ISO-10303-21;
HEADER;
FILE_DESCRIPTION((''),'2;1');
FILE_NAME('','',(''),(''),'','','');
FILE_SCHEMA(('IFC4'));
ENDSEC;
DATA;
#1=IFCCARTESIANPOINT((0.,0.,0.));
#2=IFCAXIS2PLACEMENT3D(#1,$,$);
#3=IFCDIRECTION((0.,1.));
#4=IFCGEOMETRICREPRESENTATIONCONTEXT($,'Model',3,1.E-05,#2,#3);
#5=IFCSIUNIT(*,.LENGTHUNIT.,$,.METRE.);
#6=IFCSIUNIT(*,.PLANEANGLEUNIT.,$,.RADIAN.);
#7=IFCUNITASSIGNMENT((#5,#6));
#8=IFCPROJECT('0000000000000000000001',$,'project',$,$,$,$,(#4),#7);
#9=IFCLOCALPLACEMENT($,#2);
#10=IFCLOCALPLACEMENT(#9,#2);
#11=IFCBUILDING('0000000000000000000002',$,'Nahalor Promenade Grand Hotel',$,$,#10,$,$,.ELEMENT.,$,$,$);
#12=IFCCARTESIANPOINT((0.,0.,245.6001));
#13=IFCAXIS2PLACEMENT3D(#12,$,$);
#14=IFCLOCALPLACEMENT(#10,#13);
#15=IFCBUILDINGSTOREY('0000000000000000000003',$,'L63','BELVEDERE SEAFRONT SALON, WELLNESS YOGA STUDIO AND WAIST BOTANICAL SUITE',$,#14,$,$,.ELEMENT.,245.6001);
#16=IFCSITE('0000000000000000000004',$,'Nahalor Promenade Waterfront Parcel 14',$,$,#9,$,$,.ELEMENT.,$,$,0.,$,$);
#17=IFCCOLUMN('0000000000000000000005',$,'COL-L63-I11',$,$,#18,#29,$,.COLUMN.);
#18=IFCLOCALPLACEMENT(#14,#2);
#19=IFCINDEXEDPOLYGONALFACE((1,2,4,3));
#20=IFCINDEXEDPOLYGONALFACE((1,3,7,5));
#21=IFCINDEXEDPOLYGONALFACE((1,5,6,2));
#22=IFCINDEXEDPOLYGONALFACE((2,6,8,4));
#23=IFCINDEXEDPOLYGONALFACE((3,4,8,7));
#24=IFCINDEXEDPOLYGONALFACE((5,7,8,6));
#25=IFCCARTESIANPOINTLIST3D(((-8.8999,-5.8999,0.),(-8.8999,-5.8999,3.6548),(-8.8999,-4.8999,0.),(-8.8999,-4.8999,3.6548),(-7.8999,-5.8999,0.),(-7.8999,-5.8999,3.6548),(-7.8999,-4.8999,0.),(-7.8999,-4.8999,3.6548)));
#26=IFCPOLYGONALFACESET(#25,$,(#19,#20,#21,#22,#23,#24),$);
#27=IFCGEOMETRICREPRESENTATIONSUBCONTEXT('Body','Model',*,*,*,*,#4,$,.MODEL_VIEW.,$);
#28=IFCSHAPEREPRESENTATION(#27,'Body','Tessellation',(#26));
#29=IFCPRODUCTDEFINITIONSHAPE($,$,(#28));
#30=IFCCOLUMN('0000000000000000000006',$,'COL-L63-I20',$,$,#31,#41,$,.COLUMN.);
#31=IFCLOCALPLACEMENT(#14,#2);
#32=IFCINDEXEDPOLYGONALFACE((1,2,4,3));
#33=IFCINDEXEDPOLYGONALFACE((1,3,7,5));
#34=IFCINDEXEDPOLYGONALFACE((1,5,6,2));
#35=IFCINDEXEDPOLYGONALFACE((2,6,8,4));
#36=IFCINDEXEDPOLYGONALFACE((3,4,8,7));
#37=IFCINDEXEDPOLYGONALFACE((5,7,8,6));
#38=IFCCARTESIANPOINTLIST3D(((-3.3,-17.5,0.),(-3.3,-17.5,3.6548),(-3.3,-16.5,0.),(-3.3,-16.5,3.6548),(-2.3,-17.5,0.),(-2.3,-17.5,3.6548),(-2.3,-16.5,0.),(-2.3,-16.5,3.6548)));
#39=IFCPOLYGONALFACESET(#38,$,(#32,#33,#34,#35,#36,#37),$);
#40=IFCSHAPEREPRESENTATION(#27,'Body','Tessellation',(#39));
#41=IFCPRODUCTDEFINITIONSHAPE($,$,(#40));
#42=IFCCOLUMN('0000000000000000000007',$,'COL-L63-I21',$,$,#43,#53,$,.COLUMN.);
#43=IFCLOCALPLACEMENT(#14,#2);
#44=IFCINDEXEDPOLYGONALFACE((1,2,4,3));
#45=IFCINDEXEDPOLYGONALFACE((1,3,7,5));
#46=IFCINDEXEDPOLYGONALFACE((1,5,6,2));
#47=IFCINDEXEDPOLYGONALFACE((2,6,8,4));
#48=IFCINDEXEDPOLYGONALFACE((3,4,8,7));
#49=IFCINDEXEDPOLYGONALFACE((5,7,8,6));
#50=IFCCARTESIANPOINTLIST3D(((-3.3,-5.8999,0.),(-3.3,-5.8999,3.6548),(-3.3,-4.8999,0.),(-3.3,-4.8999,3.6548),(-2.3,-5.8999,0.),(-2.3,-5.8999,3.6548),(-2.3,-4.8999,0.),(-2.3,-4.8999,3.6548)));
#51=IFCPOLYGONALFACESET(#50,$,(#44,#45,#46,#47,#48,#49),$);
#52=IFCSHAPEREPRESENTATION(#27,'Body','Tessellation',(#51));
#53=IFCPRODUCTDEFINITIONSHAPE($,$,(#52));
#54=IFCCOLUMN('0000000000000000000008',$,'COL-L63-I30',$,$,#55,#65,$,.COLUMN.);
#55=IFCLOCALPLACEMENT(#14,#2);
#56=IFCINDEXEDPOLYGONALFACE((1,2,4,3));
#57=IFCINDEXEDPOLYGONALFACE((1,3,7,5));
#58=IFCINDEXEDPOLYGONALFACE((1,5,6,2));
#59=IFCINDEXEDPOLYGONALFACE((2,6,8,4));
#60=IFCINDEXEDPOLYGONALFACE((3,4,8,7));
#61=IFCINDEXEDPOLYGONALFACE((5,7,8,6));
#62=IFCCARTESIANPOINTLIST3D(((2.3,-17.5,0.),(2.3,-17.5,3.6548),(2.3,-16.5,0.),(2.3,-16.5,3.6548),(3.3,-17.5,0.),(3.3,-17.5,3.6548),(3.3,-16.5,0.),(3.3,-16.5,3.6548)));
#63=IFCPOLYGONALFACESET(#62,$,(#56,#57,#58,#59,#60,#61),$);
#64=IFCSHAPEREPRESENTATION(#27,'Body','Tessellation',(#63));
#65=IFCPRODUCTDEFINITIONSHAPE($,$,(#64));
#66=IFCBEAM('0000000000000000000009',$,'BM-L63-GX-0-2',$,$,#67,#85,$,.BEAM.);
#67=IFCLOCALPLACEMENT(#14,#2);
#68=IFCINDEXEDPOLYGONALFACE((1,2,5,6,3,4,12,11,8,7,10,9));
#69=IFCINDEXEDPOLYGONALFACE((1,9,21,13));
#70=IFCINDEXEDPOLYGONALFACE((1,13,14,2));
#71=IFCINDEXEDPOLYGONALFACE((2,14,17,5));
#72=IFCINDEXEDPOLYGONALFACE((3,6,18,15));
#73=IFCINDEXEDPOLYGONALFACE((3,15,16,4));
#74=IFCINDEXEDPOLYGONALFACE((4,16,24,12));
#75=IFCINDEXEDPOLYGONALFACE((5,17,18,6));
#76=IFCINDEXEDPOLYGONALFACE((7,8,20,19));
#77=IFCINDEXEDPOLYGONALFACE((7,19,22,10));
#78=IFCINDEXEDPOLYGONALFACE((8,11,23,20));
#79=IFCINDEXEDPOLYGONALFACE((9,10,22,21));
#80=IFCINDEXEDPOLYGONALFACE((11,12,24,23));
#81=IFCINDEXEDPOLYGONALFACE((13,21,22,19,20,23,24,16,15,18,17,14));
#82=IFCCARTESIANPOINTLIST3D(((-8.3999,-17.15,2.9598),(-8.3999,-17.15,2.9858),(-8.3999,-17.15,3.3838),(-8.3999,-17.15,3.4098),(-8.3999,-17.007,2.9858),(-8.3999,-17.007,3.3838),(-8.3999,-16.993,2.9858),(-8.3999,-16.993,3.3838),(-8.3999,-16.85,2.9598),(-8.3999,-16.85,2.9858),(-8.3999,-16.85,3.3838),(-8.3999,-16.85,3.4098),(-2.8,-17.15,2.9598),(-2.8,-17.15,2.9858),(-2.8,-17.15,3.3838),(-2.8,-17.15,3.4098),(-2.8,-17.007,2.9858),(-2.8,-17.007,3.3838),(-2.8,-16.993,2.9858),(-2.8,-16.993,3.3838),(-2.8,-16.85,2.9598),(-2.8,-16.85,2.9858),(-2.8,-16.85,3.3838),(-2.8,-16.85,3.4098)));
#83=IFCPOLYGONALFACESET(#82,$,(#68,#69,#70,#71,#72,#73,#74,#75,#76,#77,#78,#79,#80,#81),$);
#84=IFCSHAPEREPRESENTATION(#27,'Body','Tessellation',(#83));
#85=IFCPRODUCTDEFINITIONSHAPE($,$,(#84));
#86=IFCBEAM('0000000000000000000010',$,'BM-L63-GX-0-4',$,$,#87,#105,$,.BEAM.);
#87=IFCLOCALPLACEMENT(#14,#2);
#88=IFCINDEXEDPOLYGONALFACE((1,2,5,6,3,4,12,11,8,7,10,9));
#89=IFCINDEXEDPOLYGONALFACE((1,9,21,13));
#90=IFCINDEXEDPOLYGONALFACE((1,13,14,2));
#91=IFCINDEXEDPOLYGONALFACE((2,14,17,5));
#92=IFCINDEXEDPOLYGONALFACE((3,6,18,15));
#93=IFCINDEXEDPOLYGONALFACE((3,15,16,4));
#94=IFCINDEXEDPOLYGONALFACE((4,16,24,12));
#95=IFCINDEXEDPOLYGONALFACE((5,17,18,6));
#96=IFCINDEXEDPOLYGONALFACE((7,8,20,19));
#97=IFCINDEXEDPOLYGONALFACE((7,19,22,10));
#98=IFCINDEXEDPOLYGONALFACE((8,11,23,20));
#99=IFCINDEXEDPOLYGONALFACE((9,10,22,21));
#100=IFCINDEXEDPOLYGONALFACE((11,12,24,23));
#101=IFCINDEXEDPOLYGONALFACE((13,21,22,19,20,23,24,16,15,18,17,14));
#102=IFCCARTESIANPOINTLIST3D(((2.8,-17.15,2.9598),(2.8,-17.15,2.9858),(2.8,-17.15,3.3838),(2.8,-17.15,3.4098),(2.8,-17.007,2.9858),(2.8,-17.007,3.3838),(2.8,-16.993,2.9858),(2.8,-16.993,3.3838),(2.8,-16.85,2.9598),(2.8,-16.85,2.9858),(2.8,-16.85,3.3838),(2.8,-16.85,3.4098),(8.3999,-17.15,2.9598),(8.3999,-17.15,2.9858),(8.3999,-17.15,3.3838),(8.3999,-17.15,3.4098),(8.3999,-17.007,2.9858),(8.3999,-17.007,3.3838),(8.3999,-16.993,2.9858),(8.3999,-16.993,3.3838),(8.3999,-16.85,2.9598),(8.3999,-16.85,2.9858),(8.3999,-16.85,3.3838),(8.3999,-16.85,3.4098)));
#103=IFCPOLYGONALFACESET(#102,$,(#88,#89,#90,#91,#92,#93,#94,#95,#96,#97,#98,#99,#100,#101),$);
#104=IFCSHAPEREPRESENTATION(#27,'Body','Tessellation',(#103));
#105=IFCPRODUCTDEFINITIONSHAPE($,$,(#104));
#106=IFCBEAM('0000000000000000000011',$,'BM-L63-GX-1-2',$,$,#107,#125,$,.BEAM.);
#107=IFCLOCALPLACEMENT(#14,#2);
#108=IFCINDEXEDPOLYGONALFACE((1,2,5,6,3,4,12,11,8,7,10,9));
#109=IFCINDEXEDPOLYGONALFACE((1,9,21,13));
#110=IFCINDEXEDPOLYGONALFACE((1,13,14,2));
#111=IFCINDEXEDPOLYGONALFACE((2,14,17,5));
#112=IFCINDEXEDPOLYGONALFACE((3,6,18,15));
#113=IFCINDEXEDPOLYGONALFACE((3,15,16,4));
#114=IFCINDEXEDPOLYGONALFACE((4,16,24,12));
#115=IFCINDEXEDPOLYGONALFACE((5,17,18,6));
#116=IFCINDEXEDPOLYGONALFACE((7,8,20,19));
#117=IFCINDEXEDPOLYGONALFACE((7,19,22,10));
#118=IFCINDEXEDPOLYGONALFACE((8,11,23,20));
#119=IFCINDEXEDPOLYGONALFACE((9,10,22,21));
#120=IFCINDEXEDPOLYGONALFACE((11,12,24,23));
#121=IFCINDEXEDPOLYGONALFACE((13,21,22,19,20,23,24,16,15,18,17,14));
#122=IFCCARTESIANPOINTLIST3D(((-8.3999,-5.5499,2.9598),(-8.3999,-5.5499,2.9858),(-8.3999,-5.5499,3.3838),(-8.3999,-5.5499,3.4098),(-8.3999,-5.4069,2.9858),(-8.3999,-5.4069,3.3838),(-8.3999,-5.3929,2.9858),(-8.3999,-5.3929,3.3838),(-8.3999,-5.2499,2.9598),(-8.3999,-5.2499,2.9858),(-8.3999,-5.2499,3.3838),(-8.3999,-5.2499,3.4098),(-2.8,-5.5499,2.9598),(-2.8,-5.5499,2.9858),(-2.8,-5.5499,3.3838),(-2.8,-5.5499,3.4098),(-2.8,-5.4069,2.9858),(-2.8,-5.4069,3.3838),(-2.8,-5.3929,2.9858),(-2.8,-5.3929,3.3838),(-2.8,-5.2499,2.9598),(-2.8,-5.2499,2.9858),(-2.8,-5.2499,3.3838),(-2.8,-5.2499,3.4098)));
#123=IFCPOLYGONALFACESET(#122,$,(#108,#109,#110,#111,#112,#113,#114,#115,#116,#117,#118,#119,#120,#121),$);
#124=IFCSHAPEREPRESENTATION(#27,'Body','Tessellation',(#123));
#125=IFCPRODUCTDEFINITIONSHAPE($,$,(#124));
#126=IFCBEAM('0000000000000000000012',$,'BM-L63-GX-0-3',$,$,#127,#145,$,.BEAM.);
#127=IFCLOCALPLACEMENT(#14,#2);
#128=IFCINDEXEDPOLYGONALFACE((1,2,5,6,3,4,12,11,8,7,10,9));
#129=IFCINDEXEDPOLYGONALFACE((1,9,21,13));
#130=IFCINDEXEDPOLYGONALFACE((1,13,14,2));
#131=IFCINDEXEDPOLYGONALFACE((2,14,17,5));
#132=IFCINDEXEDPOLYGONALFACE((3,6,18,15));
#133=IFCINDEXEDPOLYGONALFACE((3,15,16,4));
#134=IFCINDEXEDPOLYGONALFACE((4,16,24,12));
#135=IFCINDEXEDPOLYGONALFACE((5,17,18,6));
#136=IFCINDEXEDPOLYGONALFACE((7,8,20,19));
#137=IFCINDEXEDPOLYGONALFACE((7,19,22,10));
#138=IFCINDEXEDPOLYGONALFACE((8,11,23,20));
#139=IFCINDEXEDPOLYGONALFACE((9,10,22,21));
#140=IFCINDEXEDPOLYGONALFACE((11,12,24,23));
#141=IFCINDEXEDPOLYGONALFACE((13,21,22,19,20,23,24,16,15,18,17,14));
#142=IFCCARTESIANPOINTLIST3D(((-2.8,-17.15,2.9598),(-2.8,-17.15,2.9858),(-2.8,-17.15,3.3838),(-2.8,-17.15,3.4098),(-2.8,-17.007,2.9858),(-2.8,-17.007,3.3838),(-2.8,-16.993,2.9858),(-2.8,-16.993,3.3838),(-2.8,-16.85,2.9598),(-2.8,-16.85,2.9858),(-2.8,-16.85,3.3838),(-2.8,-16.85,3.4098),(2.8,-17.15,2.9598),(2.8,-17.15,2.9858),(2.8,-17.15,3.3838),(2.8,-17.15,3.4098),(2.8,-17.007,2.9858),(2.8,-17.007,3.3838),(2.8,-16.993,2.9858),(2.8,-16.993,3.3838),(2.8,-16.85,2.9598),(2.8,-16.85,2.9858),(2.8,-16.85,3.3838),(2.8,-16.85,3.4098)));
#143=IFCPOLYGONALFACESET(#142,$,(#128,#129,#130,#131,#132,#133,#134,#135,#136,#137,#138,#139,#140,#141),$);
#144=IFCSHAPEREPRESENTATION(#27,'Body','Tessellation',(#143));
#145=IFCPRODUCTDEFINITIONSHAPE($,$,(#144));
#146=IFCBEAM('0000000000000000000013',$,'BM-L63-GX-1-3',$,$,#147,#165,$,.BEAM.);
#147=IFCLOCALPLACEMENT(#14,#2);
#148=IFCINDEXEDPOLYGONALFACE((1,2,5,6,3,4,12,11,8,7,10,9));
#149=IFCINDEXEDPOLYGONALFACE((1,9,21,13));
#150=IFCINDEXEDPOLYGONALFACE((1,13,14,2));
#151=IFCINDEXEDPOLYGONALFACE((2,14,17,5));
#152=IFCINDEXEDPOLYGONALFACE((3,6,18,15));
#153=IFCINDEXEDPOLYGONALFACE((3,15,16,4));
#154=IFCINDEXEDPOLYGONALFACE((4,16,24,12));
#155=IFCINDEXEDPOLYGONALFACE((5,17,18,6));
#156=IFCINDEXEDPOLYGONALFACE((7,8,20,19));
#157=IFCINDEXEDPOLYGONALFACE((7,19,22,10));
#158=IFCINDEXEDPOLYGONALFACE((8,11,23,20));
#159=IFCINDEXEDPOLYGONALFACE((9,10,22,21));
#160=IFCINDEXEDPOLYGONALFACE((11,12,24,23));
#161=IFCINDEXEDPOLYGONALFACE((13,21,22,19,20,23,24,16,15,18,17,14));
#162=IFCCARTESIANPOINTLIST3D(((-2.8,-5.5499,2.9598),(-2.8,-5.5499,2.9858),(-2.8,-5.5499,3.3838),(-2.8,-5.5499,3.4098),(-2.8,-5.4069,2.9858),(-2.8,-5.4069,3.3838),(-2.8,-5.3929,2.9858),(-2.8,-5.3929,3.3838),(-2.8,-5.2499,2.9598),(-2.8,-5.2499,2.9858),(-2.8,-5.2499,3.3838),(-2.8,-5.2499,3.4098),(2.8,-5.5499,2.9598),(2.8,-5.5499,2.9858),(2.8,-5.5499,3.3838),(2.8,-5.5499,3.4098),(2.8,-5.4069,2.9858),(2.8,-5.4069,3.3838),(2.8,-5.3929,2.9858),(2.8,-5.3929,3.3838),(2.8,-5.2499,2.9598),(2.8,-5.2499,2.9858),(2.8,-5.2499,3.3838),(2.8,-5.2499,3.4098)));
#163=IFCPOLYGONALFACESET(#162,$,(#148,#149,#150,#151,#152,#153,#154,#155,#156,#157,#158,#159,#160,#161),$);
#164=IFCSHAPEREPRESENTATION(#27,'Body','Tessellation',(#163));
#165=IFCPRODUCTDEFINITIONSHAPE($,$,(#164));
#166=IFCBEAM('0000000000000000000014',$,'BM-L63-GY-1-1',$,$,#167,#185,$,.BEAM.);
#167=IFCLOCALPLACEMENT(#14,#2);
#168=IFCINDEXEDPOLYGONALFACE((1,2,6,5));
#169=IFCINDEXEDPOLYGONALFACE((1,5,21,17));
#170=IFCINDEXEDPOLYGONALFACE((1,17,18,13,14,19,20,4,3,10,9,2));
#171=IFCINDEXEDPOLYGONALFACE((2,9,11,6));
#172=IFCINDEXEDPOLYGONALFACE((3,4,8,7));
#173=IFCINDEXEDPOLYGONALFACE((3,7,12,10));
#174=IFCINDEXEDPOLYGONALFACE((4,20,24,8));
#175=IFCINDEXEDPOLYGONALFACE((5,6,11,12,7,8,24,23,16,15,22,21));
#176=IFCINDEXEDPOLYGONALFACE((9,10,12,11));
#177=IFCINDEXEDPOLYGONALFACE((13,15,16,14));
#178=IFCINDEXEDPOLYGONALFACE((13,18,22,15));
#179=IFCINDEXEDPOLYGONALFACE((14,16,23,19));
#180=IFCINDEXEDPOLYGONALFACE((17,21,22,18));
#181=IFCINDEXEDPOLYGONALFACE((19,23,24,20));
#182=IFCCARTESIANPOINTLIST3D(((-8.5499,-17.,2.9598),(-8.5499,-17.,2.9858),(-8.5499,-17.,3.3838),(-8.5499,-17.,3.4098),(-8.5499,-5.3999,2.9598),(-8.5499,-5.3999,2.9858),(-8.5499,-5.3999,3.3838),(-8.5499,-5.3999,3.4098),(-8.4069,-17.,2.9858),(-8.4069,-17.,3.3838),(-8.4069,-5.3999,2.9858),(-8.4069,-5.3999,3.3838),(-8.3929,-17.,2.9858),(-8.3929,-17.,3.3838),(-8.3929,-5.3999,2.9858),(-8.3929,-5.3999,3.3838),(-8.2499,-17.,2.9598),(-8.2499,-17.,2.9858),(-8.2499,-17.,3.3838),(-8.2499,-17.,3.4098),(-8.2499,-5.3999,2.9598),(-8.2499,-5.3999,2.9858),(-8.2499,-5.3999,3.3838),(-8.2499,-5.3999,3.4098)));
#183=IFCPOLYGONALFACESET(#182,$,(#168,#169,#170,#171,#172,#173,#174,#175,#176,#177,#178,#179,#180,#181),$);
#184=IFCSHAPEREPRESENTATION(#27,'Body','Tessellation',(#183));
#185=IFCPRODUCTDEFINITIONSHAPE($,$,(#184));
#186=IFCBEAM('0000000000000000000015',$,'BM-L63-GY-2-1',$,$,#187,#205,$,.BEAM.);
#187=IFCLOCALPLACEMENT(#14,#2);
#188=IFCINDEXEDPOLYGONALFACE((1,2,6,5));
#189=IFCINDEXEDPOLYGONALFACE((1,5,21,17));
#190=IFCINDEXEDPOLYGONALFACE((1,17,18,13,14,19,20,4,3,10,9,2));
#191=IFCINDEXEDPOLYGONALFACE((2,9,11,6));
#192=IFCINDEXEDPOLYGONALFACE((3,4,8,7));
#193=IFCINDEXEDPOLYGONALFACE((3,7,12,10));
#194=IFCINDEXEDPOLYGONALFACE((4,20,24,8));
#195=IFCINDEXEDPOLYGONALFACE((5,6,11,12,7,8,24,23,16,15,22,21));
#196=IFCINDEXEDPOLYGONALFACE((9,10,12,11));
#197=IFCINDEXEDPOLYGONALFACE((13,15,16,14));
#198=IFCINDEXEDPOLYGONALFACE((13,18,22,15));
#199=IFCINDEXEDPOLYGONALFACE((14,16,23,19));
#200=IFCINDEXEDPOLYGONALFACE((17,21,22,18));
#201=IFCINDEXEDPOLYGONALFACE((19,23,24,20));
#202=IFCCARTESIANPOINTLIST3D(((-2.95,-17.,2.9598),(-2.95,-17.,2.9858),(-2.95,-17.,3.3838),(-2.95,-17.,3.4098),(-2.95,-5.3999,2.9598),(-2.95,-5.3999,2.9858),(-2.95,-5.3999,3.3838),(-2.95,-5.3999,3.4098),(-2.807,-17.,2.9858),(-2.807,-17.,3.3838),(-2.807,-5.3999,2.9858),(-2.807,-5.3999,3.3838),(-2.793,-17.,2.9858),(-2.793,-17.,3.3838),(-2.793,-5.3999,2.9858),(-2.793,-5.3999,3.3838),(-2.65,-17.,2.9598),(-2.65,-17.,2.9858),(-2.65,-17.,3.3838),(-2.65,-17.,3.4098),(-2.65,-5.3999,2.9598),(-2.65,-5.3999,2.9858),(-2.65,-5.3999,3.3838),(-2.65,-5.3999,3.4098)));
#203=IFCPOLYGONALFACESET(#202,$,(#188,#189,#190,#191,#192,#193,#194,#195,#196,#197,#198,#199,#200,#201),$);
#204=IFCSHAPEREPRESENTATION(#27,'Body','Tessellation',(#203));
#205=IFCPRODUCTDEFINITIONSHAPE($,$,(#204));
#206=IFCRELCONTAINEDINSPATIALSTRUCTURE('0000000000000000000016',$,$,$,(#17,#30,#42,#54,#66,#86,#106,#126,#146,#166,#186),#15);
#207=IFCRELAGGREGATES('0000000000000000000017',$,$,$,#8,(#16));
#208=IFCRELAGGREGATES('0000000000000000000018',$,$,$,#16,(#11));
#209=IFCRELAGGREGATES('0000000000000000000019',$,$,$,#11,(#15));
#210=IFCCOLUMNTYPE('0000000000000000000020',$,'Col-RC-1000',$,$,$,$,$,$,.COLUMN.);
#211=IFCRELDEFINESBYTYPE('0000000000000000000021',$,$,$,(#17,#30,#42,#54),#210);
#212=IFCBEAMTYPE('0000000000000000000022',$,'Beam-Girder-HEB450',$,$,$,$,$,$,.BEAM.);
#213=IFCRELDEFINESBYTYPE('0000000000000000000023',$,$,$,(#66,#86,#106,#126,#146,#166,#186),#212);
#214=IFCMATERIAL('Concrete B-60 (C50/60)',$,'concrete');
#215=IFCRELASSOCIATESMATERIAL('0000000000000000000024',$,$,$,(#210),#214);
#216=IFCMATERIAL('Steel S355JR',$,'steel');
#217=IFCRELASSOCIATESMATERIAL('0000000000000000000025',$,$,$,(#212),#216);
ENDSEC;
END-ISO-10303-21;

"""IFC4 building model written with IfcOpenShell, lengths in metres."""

from ifc_helpers import new_model, si_unit, direction, frame, origin, origin_2d, place, context, subcontext, project, spatial, rectangle, i_section, extrude, source, transform, mapped, material, material_profile, profile_set, type_object, element, save


model = new_model("IFC4")

# Units and contexts
model_context = context("Model", 3, precision=1e-05, world=origin(), true_north=direction((0.0, 1.0)))
body_context = subcontext(model_context, "Body", "Model", "MODEL_VIEW")
ifc_project = project(units=[si_unit("LENGTHUNIT", "METRE"), si_unit("PLANEANGLEUNIT", "RADIAN")], contexts=[model_context])

# Site, building, storey
site_placement = place(None, origin())
site = spatial("IfcSite", under=ifc_project, at=site_placement, Name="Nahalor Promenade Waterfront Parcel 14", CompositionType="ELEMENT", RefElevation=0.0)
building_placement = place(site_placement, origin())
building = spatial("IfcBuilding", under=site, at=building_placement, Name="Nahalor Promenade Grand Hotel", CompositionType="ELEMENT")
storey_placement = place(building_placement, frame((0.0, 0.0, 245.6001)))
storey = spatial("IfcBuildingStorey", under=building, at=storey_placement, Name="L63", Description="BELVEDERE SEAFRONT SALON, WELLNESS YOGA STUDIO AND WAIST BOTANICAL SUITE", CompositionType="ELEMENT", Elevation=245.6001)

# Columns
ifc_material_1 = material(Name="Concrete B-60 (C50/60)", Category="concrete")
ifc_material_profile_1 = material_profile(ifc_material_1, rectangle(XDim=1.0, YDim=1.0, at=origin_2d()), Name="RC 1000x1000")
ifc_profile_set_1 = profile_set([ifc_material_profile_1], Name="Concrete B-60 (C50/60)")
column_type = type_object("IfcColumnType", Name="Col-RC-1000", PredefinedType="COLUMN", material=ifc_profile_set_1)
shared_shape_1 = source(origin(), body_context, "Body", "SweptSolid", [
    extrude(rectangle(XDim=1.0, YDim=1.0, at=origin_2d()), origin(), (0.0, 0.0, 1.0), 3.6548),
])
for number, where, z_axis, x_axis, name in (
    (1, (-8.3999, -5.3999, 0.0), (0.0, 0.0, 1.0), (1.0, 0.0, 0.0), "COL-L63-I11"),
    (2, (-2.8, -17.0, 0.0), (0.0, 0.0, 1.0), (1.0, 0.0, 0.0), "COL-L63-I20"),
    (3, (-2.8, -5.3999, 0.0), (0.0, 0.0, 1.0), (1.0, 0.0, 0.0), "COL-L63-I21"),
    (4, (2.8, -17.0, 0.0), (0.0, 0.0, 1.0), (1.0, 0.0, 0.0), "COL-L63-I30"),
):
    element("IfcColumn", number, at=place(storey_placement, frame(where, z_axis=z_axis, x_axis=x_axis)), inside=storey, type_object=column_type, Name=name, PredefinedType="COLUMN", context=body_context, shape_type="MappedRepresentation", body=[
        mapped(shared_shape_1, transform((0.0, 0.0, 0.0), scale=1.0)),
    ])

# Beams
ifc_material_2 = material(Name="Steel S355JR", Category="steel")
ifc_material_profile_2 = material_profile(ifc_material_2, i_section(OverallWidth=0.3, OverallDepth=0.45, WebThickness=0.014, FlangeThickness=0.026, at=origin_2d()), Name="HEB 450")
ifc_profile_set_2 = profile_set([ifc_material_profile_2], Name="Steel S355JR")
beam_type_1 = type_object("IfcBeamType", Name="Beam-Girder-HEB450", PredefinedType="BEAM", material=ifc_profile_set_2)
shared_shape_2 = source(origin(), body_context, "Body", "SweptSolid", [
    extrude(i_section(OverallWidth=0.3, OverallDepth=0.45, WebThickness=0.014, FlangeThickness=0.026, at=origin_2d()), origin(), (0.0, 0.0, 1.0), 5.5999),
])
for number, where, z_axis, x_axis, name in (
    (5, (-8.3999, -17.0, 3.1848), (1.0, 0.0, 0.0), (0.0, 1.0, 0.0), "BM-L63-GX-0-2"),
    (6, (2.8, -17.0, 3.1848), (1.0, 0.0, 0.0), (0.0, 1.0, 0.0), "BM-L63-GX-0-4"),
    (7, (-8.3999, -5.3999, 3.1848), (1.0, 0.0, 0.0), (0.0, 1.0, 0.0), "BM-L63-GX-1-2"),
):
    element("IfcBeam", number, at=place(storey_placement, frame(where, z_axis=z_axis, x_axis=x_axis)), inside=storey, type_object=beam_type_1, Name=name, PredefinedType="BEAM", context=body_context, shape_type="MappedRepresentation", body=[
        mapped(shared_shape_2, transform((0.0, 0.0, 0.0), scale=1.0)),
    ])
shared_shape_3 = source(origin(), body_context, "Body", "SweptSolid", [
    extrude(i_section(OverallWidth=0.3, OverallDepth=0.45, WebThickness=0.014, FlangeThickness=0.026, at=origin_2d()), origin(), (0.0, 0.0, 1.0), 5.6001),
])
for number, where, z_axis, x_axis, name in (
    (8, (-2.8, -17.0, 3.1848), (1.0, 0.0, 0.0), (0.0, 1.0, 0.0), "BM-L63-GX-0-3"),
    (9, (-2.8, -5.3999, 3.1848), (1.0, 0.0, 0.0), (0.0, 1.0, 0.0), "BM-L63-GX-1-3"),
):
    element("IfcBeam", number, at=place(storey_placement, frame(where, z_axis=z_axis, x_axis=x_axis)), inside=storey, type_object=beam_type_1, Name=name, PredefinedType="BEAM", context=body_context, shape_type="MappedRepresentation", body=[
        mapped(shared_shape_3, transform((0.0, 0.0, 0.0), scale=1.0)),
    ])
shared_shape_4 = source(origin(), body_context, "Body", "SweptSolid", [
    extrude(i_section(OverallWidth=0.3, OverallDepth=0.45, WebThickness=0.014, FlangeThickness=0.026, at=origin_2d()), origin(), (0.0, 0.0, 1.0), 11.6001),
])
for number, where, z_axis, x_axis, name in (
    (10, (-8.3999, -17.0, 3.1848), (0.0, 1.0, 0.0), (-1.0, 0.0, 0.0), "BM-L63-GY-1-1"),
    (11, (-2.8, -17.0, 3.1848), (0.0, 1.0, 0.0), (-1.0, 0.0, 0.0), "BM-L63-GY-2-1"),
):
    element("IfcBeam", number, at=place(storey_placement, frame(where, z_axis=z_axis, x_axis=x_axis)), inside=storey, type_object=beam_type_1, Name=name, PredefinedType="BEAM", context=body_context, shape_type="MappedRepresentation", body=[
        mapped(shared_shape_4, transform((0.0, 0.0, 0.0), scale=1.0)),
    ])

save(model, "model.ifc")
